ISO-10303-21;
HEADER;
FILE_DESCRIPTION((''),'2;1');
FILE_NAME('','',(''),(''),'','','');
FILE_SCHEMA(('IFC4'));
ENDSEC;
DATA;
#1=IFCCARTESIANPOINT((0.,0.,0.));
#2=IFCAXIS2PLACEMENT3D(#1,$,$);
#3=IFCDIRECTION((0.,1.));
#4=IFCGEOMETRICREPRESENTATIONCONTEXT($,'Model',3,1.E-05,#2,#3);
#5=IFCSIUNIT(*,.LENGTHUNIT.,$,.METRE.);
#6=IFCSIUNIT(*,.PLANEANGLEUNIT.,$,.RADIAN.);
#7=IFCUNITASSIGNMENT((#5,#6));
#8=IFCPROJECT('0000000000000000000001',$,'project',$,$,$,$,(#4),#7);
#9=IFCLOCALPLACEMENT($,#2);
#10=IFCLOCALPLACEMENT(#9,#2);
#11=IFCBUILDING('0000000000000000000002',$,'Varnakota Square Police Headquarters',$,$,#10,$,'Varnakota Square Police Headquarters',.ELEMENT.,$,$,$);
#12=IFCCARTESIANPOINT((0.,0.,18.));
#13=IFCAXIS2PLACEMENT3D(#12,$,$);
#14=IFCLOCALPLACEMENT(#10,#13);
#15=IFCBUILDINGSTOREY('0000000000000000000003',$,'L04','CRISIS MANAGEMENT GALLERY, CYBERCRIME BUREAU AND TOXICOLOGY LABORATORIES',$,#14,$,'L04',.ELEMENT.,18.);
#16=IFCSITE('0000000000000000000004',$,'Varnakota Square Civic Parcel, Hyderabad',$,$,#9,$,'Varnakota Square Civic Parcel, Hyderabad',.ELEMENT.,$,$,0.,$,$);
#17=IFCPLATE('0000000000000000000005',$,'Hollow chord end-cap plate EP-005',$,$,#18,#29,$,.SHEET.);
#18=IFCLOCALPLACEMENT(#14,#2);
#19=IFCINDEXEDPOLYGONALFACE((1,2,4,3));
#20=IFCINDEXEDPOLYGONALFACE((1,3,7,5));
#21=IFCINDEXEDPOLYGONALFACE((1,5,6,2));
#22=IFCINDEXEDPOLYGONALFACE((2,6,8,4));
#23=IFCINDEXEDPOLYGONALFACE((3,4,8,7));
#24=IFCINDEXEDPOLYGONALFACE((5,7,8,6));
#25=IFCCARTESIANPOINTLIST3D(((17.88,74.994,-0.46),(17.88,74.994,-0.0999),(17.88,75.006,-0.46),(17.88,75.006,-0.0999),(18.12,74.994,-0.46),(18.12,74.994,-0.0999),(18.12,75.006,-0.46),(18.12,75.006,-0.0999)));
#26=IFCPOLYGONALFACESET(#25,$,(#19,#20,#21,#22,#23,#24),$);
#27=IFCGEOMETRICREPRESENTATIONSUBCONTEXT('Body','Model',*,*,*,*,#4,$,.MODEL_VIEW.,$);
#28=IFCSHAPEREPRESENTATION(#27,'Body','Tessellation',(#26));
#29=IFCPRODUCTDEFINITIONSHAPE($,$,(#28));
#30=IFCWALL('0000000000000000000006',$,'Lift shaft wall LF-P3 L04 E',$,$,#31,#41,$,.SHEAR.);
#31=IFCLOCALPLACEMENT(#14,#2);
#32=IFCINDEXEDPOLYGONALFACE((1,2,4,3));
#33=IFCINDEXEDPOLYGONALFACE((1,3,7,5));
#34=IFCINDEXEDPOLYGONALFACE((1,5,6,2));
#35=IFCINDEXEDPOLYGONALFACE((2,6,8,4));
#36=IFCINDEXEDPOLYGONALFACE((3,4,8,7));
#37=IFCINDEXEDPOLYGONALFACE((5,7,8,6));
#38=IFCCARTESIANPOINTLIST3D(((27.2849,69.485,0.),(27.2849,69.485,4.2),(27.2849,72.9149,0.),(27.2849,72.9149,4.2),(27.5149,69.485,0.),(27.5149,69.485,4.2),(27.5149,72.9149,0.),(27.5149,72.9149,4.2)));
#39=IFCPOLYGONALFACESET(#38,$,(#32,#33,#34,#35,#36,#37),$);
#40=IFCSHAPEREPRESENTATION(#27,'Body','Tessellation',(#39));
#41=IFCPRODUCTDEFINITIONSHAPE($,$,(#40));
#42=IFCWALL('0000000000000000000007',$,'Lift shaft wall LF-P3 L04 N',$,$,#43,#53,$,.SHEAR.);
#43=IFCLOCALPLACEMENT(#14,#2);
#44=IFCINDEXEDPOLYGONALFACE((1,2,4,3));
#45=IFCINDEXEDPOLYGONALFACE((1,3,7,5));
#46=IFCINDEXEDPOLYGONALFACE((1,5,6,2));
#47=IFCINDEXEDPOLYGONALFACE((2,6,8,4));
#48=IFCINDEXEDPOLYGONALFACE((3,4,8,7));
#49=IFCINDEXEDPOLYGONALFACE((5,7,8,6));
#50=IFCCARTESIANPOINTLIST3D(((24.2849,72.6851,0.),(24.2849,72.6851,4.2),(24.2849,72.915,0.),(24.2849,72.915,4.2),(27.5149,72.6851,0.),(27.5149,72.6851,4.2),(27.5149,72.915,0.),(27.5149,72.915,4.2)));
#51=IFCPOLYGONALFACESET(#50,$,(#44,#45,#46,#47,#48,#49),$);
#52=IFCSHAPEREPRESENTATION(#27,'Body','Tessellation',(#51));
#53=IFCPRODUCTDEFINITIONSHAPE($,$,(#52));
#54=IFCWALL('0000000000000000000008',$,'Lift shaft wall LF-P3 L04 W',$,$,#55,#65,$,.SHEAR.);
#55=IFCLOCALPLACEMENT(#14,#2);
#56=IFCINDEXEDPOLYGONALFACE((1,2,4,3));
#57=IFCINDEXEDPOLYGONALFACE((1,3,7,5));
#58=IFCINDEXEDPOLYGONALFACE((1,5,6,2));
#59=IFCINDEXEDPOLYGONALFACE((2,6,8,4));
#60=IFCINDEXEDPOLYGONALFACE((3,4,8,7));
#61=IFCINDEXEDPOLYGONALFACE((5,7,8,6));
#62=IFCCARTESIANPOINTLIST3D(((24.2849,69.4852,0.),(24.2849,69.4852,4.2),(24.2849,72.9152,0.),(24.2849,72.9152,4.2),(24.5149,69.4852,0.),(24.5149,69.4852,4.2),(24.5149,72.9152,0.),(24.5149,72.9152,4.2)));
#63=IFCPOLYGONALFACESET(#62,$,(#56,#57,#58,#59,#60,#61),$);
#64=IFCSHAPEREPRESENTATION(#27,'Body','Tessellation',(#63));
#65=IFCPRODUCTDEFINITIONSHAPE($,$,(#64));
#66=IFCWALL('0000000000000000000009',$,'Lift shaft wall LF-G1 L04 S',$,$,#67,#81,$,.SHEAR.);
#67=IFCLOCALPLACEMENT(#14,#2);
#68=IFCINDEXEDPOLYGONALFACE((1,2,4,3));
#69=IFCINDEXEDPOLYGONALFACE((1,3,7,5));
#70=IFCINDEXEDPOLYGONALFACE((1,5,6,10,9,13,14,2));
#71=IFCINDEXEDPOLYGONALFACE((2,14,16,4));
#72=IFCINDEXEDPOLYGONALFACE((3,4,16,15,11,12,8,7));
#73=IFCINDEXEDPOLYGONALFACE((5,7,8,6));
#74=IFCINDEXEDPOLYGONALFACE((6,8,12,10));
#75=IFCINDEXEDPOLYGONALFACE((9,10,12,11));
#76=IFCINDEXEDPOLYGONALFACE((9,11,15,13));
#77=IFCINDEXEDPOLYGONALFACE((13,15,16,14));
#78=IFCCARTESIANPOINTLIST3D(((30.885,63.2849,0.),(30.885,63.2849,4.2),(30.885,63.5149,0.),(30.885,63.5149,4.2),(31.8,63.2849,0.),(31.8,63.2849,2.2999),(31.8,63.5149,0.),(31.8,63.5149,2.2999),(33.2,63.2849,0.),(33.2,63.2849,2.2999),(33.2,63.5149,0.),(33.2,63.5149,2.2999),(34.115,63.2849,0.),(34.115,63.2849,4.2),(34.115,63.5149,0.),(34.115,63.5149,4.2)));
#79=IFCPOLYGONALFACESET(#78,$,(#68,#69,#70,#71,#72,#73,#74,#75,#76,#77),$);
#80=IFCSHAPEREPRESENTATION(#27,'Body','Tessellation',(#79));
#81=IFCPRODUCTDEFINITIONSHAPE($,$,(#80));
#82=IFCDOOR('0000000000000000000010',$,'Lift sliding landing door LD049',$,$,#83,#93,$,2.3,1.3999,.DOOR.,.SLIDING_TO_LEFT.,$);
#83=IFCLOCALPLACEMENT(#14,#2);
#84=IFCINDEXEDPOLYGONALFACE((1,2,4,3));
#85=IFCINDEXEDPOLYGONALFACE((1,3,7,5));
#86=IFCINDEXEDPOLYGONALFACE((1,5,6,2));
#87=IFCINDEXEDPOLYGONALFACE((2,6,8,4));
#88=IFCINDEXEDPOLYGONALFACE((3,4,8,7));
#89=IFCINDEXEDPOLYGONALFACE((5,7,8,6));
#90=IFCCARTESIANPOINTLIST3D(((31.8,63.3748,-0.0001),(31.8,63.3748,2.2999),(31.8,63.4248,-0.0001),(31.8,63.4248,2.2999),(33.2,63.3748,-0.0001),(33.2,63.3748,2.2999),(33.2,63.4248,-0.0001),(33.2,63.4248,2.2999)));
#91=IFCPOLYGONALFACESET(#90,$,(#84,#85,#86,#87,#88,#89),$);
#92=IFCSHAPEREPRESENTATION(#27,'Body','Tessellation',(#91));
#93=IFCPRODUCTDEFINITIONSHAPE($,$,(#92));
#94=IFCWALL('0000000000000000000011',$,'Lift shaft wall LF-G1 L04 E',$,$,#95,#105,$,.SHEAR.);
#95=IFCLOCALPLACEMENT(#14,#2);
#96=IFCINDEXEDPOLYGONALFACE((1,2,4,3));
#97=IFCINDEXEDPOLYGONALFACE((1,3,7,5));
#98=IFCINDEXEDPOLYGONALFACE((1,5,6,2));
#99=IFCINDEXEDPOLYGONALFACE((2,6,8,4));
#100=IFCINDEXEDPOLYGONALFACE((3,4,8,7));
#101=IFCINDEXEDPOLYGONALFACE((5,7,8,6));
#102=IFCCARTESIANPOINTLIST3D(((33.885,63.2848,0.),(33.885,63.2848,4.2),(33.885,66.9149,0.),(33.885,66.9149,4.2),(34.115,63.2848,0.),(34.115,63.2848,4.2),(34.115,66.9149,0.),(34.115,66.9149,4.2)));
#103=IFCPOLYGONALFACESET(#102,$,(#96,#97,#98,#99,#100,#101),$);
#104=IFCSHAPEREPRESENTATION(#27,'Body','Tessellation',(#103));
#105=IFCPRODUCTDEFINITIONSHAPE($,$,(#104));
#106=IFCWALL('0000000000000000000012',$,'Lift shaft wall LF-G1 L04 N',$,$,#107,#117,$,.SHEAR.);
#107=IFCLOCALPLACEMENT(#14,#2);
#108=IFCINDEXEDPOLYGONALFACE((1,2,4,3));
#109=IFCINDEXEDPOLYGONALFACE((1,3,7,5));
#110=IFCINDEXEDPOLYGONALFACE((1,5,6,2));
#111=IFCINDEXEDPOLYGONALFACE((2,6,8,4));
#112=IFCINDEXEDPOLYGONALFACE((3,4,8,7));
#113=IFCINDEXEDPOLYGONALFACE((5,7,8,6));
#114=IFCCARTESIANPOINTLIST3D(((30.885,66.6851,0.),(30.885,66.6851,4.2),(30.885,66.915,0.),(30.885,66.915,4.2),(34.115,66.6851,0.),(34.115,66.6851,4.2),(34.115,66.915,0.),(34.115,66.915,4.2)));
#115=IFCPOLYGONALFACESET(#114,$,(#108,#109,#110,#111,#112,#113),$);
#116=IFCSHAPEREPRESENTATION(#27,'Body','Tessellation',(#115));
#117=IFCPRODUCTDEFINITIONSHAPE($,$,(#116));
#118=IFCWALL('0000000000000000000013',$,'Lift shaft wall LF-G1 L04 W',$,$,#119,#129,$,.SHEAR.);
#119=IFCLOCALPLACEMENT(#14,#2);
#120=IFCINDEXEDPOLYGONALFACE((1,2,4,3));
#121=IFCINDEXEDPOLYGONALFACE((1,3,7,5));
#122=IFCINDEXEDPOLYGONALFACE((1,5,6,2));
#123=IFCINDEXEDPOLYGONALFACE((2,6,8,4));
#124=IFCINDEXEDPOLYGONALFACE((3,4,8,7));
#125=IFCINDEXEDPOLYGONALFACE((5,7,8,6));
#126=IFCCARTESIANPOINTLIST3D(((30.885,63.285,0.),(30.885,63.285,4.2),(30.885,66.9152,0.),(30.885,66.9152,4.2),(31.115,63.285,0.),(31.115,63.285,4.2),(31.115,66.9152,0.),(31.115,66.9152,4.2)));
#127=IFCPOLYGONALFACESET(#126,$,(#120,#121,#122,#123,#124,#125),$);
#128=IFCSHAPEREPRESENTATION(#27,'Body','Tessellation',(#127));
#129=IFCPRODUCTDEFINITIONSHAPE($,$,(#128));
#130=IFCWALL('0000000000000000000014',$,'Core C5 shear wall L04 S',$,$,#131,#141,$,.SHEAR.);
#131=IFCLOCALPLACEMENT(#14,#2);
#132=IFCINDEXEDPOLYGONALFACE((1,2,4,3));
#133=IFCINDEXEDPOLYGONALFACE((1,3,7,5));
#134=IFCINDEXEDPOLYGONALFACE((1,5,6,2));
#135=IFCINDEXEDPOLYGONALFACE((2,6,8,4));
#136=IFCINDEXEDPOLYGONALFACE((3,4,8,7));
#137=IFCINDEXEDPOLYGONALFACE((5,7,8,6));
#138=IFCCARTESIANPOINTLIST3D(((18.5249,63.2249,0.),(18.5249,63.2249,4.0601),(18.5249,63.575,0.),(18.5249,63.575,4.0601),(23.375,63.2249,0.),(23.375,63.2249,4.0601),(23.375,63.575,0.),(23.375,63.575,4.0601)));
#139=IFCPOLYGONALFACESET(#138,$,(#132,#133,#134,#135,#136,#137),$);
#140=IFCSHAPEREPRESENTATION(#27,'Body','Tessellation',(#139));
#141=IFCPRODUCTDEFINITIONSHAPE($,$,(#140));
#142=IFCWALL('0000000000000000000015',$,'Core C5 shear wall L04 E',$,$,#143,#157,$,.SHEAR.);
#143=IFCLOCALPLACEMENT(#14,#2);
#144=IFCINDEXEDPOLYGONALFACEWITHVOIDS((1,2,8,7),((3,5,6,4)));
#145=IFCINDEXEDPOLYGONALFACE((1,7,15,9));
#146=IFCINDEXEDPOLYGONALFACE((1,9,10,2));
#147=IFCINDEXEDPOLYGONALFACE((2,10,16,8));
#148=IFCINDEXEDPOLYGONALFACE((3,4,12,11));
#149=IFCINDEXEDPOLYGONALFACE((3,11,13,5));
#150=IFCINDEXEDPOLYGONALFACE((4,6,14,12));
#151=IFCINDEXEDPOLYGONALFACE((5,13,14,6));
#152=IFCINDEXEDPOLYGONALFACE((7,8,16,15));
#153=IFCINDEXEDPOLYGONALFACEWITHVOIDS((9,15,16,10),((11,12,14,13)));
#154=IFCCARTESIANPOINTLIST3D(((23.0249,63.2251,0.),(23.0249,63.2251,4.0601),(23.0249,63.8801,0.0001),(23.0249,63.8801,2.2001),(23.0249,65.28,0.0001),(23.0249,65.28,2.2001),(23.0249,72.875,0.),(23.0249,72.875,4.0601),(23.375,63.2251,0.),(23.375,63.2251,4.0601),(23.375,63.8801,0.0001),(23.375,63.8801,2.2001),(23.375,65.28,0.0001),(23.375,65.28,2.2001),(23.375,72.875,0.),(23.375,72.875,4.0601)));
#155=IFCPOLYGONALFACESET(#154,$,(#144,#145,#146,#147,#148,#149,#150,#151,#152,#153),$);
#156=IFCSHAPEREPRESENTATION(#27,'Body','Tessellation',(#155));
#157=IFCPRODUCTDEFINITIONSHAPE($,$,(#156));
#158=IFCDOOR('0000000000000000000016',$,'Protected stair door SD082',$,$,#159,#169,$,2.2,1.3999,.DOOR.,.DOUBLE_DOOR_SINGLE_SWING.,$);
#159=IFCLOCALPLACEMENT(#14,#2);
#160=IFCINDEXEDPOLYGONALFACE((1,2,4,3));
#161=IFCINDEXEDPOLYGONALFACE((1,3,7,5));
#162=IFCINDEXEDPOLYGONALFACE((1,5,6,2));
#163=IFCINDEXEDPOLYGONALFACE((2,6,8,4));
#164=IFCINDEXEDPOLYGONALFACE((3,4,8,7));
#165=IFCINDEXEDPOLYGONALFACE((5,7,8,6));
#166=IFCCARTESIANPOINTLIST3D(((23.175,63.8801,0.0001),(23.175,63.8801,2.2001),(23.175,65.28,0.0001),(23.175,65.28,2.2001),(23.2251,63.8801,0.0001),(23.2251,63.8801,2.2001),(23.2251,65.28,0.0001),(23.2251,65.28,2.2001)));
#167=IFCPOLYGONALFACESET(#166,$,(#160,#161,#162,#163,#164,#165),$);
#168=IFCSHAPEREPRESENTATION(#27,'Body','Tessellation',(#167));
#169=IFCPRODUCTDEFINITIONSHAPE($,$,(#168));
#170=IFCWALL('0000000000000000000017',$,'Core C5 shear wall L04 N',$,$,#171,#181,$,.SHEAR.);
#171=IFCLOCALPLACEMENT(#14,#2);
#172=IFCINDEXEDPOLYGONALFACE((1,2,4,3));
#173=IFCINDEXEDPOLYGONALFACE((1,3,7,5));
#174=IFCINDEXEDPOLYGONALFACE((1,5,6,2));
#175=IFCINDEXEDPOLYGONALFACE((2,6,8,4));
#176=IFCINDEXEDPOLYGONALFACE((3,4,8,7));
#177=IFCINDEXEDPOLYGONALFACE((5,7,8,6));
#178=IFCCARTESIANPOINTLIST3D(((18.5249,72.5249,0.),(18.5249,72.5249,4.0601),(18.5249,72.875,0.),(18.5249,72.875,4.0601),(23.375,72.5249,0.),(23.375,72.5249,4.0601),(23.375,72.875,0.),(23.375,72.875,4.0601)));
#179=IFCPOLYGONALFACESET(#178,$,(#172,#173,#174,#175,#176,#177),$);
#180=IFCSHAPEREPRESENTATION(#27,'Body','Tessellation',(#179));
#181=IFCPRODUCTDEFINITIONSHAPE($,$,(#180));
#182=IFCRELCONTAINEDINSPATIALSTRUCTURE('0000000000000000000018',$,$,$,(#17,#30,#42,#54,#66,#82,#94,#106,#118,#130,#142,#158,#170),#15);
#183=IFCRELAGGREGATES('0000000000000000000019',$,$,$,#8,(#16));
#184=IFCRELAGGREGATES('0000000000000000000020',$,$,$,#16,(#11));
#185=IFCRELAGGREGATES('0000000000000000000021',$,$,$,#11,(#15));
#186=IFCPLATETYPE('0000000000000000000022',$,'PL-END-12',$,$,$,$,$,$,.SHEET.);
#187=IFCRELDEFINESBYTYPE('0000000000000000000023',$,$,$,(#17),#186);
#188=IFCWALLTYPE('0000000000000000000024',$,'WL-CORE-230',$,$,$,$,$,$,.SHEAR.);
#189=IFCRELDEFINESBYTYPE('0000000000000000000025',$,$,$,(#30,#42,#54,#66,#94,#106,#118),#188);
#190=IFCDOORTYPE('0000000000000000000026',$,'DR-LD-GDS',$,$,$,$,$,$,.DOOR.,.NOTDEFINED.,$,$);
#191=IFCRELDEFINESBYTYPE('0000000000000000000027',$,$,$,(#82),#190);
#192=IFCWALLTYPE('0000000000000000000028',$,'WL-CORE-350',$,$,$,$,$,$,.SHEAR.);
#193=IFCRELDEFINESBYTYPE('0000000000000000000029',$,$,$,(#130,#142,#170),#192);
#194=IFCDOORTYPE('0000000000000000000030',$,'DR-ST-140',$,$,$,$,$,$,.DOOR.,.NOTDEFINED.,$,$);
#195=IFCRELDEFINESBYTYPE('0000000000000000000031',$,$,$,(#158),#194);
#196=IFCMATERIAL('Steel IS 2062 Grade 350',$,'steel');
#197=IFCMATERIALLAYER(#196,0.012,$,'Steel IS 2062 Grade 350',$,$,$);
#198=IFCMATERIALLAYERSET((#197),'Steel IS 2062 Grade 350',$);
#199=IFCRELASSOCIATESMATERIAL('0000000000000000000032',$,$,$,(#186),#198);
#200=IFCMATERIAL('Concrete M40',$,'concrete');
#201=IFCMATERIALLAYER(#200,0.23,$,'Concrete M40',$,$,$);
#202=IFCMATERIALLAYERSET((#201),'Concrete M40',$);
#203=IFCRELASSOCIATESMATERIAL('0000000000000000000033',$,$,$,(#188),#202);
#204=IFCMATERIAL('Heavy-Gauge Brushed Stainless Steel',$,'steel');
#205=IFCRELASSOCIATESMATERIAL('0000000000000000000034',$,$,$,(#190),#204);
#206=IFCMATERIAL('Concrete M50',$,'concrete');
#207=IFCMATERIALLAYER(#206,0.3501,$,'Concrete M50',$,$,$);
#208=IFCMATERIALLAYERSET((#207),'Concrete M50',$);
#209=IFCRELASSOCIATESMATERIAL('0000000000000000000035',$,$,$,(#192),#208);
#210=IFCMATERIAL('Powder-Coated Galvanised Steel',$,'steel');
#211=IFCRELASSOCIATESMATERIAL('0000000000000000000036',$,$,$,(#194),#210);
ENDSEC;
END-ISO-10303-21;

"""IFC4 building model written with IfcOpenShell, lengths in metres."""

from ifc_helpers import new_model, si_unit, direction, frame, frame_2d, origin, origin_2d, place, context, subcontext, project, spatial, rectangle, extrude, material, layer, layer_set, type_object, element, fill, save


model = new_model("IFC4")

# Units and contexts
model_context = context("Model", 3, precision=1e-05, world=origin(), true_north=direction((0.0, 1.0)))
body_context = subcontext(model_context, "Body", "Model", "MODEL_VIEW")
ifc_project = project(units=[si_unit("LENGTHUNIT", "METRE"), si_unit("PLANEANGLEUNIT", "RADIAN")], contexts=[model_context])

# Site, building, storey
site_placement = place(None, origin())
site = spatial("IfcSite", under=ifc_project, at=site_placement, Name="Varnakota Square Civic Parcel, Hyderabad", LongName="Varnakota Square Civic Parcel, Hyderabad", CompositionType="ELEMENT", RefElevation=0.0)
building_placement = place(site_placement, origin())
building = spatial("IfcBuilding", under=site, at=building_placement, Name="Varnakota Square Police Headquarters", LongName="Varnakota Square Police Headquarters", CompositionType="ELEMENT")
storey_placement = place(building_placement, frame((0.0, 0.0, 18.0)))
storey = spatial("IfcBuildingStorey", under=building, at=storey_placement, Name="L04", Description="CRISIS MANAGEMENT GALLERY, CYBERCRIME BUREAU AND TOXICOLOGY LABORATORIES", LongName="L04", CompositionType="ELEMENT", Elevation=18.0)

# Shared definitions
ifc_material_1 = material(Name="Steel IS 2062 Grade 350", Category="steel")

# Plate
ifc_layer_1 = layer(ifc_material_1, 0.012, Name="Steel IS 2062 Grade 350")
ifc_layer_set_1 = layer_set([ifc_layer_1], Name="Steel IS 2062 Grade 350")
plate_type = type_object("IfcPlateType", Name="PL-END-12", PredefinedType="SHEET", material=ifc_layer_set_1)
plate_placement = place(storey_placement, frame((18.0, 75.0, -0.46), z_axis=(0.0, 0.0, 1.0), x_axis=(1.0, 0.0, 0.0)))
element("IfcPlate", 1, at=plate_placement, inside=storey, type_object=plate_type, Name="Hollow chord end-cap plate EP-005", PredefinedType="SHEET", context=body_context, shape_type="SweptSolid", body=[
    extrude(rectangle(XDim=0.24, YDim=0.012, at=origin_2d()), origin(), (0.0, 0.0, 1.0), 0.3601),
])

# Shared definitions
ifc_material_2 = material(Name="Concrete M40", Category="concrete")
ifc_layer_2 = layer(ifc_material_2, 0.23, Name="Concrete M40")
ifc_layer_set_2 = layer_set([ifc_layer_2], Name="Concrete M40")
wall_type_1 = type_object("IfcWallType", Name="WL-CORE-230", PredefinedType="SHEAR", material=ifc_layer_set_2)

# Walls
wall_1_placement = place(storey_placement, frame((27.3999, 69.4851, 0.0), z_axis=(0.0, 0.0, 1.0), x_axis=(0.0, 1.0, 0.0)))
element("IfcWall", 2, at=wall_1_placement, inside=storey, type_object=wall_type_1, Name="Lift shaft wall LF-P3 L04 E", PredefinedType="SHEAR", context=body_context, shape_type="SweptSolid", body=[
    extrude(rectangle(XDim=3.4299, YDim=0.23, at=frame_2d((1.7148, 0.0))), origin(), (0.0, 0.0, 1.0), 4.2),
])
wall_2_placement = place(storey_placement, frame((27.5149, 72.8, 0.0), z_axis=(0.0, 0.0, 1.0), x_axis=(-1.0, 0.0, 0.0)))
element("IfcWall", 3, at=wall_2_placement, inside=storey, type_object=wall_type_1, Name="Lift shaft wall LF-P3 L04 N", PredefinedType="SHEAR", context=body_context, shape_type="SweptSolid", body=[
    extrude(rectangle(XDim=3.23, YDim=0.23, at=frame_2d((1.615, 0.0))), origin(), (0.0, 0.0, 1.0), 4.2),
])
wall_3_placement = place(storey_placement, frame((24.3999, 72.915, 0.0), z_axis=(0.0, 0.0, 1.0), x_axis=(0.0, -1.0, 0.0)))
element("IfcWall", 4, at=wall_3_placement, inside=storey, type_object=wall_type_1, Name="Lift shaft wall LF-P3 L04 W", PredefinedType="SHEAR", context=body_context, shape_type="SweptSolid", body=[
    extrude(rectangle(XDim=3.4299, YDim=0.23, at=frame_2d((1.7148, 0.0))), origin(), (0.0, 0.0, 1.0), 4.2),
])

# Wall, opening, door
wall_4_placement = place(storey_placement, frame((30.885, 63.3999, 0.0), z_axis=(0.0, 0.0, 1.0), x_axis=(1.0, 0.0, 0.0)))
wall_4 = element("IfcWall", 5, at=wall_4_placement, inside=storey, type_object=wall_type_1, Name="Lift shaft wall LF-G1 L04 S", PredefinedType="SHEAR", context=body_context, shape_type="SweptSolid", body=[
    extrude(rectangle(XDim=3.23, YDim=0.23, at=frame_2d((1.615, 0.0))), origin(), (0.0, 0.0, 1.0), 4.2),
])
opening_1_placement = place(wall_4_placement, frame((0.915, 0.0, 0.0)))
opening_1 = element("IfcOpeningElement", 6, at=opening_1_placement, cuts=wall_4, PredefinedType="OPENING", context=body_context, shape_type="SweptSolid", body=[
    extrude(rectangle(XDim=1.3999, YDim=2.3, at=frame_2d((0.7, 1.1499))), frame((0.0, 0.125, 0.0), z_axis=(0.0, -1.0, 0.0), x_axis=(1.0, 0.0, 0.0)), (0.0, 0.0, 1.0), 0.25),
])
ifc_material_3 = material(Name="Heavy-Gauge Brushed Stainless Steel", Category="steel")
door_type_1 = type_object("IfcDoorType", Name="DR-LD-GDS", OperationType="NOTDEFINED", PredefinedType="DOOR", material=ifc_material_3)
door_1_placement = place(opening_1_placement, origin())
door_1 = element("IfcDoor", 7, at=door_1_placement, inside=storey, type_object=door_type_1, Name="Lift sliding landing door LD049", OperationType="SLIDING_TO_LEFT", OverallHeight=2.3, OverallWidth=1.3999, PredefinedType="DOOR", context=body_context, shape_type="SweptSolid", body=[
    extrude(rectangle(XDim=1.3999, YDim=2.3, at=frame_2d((0.7, 1.1499))), frame((0.0, 0.0249, 0.0), z_axis=(0.0, -1.0, 0.0), x_axis=(1.0, 0.0, 0.0)), (0.0, 0.0, 1.0), 0.05),
])
fill(opening_1, door_1)

# Walls
wall_5_placement = place(storey_placement, frame((34.0, 63.2849, 0.0), z_axis=(0.0, 0.0, 1.0), x_axis=(0.0, 1.0, 0.0)))
element("IfcWall", 8, at=wall_5_placement, inside=storey, type_object=wall_type_1, Name="Lift shaft wall LF-G1 L04 E", PredefinedType="SHEAR", context=body_context, shape_type="SweptSolid", body=[
    extrude(rectangle(XDim=3.6301, YDim=0.23, at=frame_2d((1.8149, 0.0))), origin(), (0.0, 0.0, 1.0), 4.2),
])
wall_6_placement = place(storey_placement, frame((34.115, 66.8, 0.0), z_axis=(0.0, 0.0, 1.0), x_axis=(-1.0, 0.0, 0.0)))
element("IfcWall", 9, at=wall_6_placement, inside=storey, type_object=wall_type_1, Name="Lift shaft wall LF-G1 L04 N", PredefinedType="SHEAR", context=body_context, shape_type="SweptSolid", body=[
    extrude(rectangle(XDim=3.23, YDim=0.23, at=frame_2d((1.615, 0.0))), origin(), (0.0, 0.0, 1.0), 4.2),
])
wall_7_placement = place(storey_placement, frame((31.0, 66.915, 0.0), z_axis=(0.0, 0.0, 1.0), x_axis=(0.0, -1.0, 0.0)))
element("IfcWall", 10, at=wall_7_placement, inside=storey, type_object=wall_type_1, Name="Lift shaft wall LF-G1 L04 W", PredefinedType="SHEAR", context=body_context, shape_type="SweptSolid", body=[
    extrude(rectangle(XDim=3.6301, YDim=0.23, at=frame_2d((1.8149, 0.0))), origin(), (0.0, 0.0, 1.0), 4.2),
])
ifc_material_4 = material(Name="Concrete M50", Category="concrete")
ifc_layer_3 = layer(ifc_material_4, 0.3501, Name="Concrete M50")
ifc_layer_set_3 = layer_set([ifc_layer_3], Name="Concrete M50")
wall_type_2 = type_object("IfcWallType", Name="WL-CORE-350", PredefinedType="SHEAR", material=ifc_layer_set_3)
wall_8_placement = place(storey_placement, frame((18.5249, 63.3999, 0.0), z_axis=(0.0, 0.0, 1.0), x_axis=(1.0, 0.0, 0.0)))
element("IfcWall", 11, at=wall_8_placement, inside=storey, type_object=wall_type_2, Name="Core C5 shear wall L04 S", PredefinedType="SHEAR", context=body_context, shape_type="SweptSolid", body=[
    extrude(rectangle(XDim=4.8501, YDim=0.3501, at=frame_2d((2.425, 0.0))), origin(), (0.0, 0.0, 1.0), 4.0601),
])

# Wall, opening, door
wall_9_placement = place(storey_placement, frame((23.2, 63.2251, 0.0), z_axis=(0.0, 0.0, 1.0), x_axis=(0.0, 1.0, 0.0)))
wall_9 = element("IfcWall", 12, at=wall_9_placement, inside=storey, type_object=wall_type_2, Name="Core C5 shear wall L04 E", PredefinedType="SHEAR", context=body_context, shape_type="SweptSolid", body=[
    extrude(rectangle(XDim=9.6499, YDim=0.3501, at=frame_2d((4.825, 0.0))), origin(), (0.0, 0.0, 1.0), 4.0601),
])
opening_2_placement = place(wall_9_placement, frame((0.655, 0.0, 0.0)))
opening_2 = element("IfcOpeningElement", 13, at=opening_2_placement, cuts=wall_9, PredefinedType="OPENING", context=body_context, shape_type="SweptSolid", body=[
    extrude(rectangle(XDim=1.3999, YDim=2.2, at=frame_2d((0.7, 1.1001))), frame((0.0, 0.1851, 0.0), z_axis=(0.0, -1.0, 0.0), x_axis=(1.0, 0.0, 0.0)), (0.0, 0.0, 1.0), 0.3701),
])
ifc_material_5 = material(Name="Powder-Coated Galvanised Steel", Category="steel")
door_type_2 = type_object("IfcDoorType", Name="DR-ST-140", OperationType="NOTDEFINED", PredefinedType="DOOR", material=ifc_material_5)
door_2_placement = place(opening_2_placement, origin())
door_2 = element("IfcDoor", 14, at=door_2_placement, inside=storey, type_object=door_type_2, Name="Protected stair door SD082", OperationType="DOUBLE_DOOR_SINGLE_SWING", OverallHeight=2.2, OverallWidth=1.3999, PredefinedType="DOOR", context=body_context, shape_type="SweptSolid", body=[
    extrude(rectangle(XDim=1.3999, YDim=2.2, at=frame_2d((0.7, 1.1001))), frame((0.0, 0.0249, 0.0), z_axis=(0.0, -1.0, 0.0), x_axis=(1.0, 0.0, 0.0)), (0.0, 0.0, 1.0), 0.05),
])
fill(opening_2, door_2)

# Wall
wall_10_placement = place(storey_placement, frame((23.375, 72.7, 0.0), z_axis=(0.0, 0.0, 1.0), x_axis=(-1.0, 0.0, 0.0)))
element("IfcWall", 15, at=wall_10_placement, inside=storey, type_object=wall_type_2, Name="Core C5 shear wall L04 N", PredefinedType="SHEAR", context=body_context, shape_type="SweptSolid", body=[
    extrude(rectangle(XDim=4.8501, YDim=0.3501, at=frame_2d((2.425, 0.0))), origin(), (0.0, 0.0, 1.0), 4.0601),
])

save(model, "model.ifc")
